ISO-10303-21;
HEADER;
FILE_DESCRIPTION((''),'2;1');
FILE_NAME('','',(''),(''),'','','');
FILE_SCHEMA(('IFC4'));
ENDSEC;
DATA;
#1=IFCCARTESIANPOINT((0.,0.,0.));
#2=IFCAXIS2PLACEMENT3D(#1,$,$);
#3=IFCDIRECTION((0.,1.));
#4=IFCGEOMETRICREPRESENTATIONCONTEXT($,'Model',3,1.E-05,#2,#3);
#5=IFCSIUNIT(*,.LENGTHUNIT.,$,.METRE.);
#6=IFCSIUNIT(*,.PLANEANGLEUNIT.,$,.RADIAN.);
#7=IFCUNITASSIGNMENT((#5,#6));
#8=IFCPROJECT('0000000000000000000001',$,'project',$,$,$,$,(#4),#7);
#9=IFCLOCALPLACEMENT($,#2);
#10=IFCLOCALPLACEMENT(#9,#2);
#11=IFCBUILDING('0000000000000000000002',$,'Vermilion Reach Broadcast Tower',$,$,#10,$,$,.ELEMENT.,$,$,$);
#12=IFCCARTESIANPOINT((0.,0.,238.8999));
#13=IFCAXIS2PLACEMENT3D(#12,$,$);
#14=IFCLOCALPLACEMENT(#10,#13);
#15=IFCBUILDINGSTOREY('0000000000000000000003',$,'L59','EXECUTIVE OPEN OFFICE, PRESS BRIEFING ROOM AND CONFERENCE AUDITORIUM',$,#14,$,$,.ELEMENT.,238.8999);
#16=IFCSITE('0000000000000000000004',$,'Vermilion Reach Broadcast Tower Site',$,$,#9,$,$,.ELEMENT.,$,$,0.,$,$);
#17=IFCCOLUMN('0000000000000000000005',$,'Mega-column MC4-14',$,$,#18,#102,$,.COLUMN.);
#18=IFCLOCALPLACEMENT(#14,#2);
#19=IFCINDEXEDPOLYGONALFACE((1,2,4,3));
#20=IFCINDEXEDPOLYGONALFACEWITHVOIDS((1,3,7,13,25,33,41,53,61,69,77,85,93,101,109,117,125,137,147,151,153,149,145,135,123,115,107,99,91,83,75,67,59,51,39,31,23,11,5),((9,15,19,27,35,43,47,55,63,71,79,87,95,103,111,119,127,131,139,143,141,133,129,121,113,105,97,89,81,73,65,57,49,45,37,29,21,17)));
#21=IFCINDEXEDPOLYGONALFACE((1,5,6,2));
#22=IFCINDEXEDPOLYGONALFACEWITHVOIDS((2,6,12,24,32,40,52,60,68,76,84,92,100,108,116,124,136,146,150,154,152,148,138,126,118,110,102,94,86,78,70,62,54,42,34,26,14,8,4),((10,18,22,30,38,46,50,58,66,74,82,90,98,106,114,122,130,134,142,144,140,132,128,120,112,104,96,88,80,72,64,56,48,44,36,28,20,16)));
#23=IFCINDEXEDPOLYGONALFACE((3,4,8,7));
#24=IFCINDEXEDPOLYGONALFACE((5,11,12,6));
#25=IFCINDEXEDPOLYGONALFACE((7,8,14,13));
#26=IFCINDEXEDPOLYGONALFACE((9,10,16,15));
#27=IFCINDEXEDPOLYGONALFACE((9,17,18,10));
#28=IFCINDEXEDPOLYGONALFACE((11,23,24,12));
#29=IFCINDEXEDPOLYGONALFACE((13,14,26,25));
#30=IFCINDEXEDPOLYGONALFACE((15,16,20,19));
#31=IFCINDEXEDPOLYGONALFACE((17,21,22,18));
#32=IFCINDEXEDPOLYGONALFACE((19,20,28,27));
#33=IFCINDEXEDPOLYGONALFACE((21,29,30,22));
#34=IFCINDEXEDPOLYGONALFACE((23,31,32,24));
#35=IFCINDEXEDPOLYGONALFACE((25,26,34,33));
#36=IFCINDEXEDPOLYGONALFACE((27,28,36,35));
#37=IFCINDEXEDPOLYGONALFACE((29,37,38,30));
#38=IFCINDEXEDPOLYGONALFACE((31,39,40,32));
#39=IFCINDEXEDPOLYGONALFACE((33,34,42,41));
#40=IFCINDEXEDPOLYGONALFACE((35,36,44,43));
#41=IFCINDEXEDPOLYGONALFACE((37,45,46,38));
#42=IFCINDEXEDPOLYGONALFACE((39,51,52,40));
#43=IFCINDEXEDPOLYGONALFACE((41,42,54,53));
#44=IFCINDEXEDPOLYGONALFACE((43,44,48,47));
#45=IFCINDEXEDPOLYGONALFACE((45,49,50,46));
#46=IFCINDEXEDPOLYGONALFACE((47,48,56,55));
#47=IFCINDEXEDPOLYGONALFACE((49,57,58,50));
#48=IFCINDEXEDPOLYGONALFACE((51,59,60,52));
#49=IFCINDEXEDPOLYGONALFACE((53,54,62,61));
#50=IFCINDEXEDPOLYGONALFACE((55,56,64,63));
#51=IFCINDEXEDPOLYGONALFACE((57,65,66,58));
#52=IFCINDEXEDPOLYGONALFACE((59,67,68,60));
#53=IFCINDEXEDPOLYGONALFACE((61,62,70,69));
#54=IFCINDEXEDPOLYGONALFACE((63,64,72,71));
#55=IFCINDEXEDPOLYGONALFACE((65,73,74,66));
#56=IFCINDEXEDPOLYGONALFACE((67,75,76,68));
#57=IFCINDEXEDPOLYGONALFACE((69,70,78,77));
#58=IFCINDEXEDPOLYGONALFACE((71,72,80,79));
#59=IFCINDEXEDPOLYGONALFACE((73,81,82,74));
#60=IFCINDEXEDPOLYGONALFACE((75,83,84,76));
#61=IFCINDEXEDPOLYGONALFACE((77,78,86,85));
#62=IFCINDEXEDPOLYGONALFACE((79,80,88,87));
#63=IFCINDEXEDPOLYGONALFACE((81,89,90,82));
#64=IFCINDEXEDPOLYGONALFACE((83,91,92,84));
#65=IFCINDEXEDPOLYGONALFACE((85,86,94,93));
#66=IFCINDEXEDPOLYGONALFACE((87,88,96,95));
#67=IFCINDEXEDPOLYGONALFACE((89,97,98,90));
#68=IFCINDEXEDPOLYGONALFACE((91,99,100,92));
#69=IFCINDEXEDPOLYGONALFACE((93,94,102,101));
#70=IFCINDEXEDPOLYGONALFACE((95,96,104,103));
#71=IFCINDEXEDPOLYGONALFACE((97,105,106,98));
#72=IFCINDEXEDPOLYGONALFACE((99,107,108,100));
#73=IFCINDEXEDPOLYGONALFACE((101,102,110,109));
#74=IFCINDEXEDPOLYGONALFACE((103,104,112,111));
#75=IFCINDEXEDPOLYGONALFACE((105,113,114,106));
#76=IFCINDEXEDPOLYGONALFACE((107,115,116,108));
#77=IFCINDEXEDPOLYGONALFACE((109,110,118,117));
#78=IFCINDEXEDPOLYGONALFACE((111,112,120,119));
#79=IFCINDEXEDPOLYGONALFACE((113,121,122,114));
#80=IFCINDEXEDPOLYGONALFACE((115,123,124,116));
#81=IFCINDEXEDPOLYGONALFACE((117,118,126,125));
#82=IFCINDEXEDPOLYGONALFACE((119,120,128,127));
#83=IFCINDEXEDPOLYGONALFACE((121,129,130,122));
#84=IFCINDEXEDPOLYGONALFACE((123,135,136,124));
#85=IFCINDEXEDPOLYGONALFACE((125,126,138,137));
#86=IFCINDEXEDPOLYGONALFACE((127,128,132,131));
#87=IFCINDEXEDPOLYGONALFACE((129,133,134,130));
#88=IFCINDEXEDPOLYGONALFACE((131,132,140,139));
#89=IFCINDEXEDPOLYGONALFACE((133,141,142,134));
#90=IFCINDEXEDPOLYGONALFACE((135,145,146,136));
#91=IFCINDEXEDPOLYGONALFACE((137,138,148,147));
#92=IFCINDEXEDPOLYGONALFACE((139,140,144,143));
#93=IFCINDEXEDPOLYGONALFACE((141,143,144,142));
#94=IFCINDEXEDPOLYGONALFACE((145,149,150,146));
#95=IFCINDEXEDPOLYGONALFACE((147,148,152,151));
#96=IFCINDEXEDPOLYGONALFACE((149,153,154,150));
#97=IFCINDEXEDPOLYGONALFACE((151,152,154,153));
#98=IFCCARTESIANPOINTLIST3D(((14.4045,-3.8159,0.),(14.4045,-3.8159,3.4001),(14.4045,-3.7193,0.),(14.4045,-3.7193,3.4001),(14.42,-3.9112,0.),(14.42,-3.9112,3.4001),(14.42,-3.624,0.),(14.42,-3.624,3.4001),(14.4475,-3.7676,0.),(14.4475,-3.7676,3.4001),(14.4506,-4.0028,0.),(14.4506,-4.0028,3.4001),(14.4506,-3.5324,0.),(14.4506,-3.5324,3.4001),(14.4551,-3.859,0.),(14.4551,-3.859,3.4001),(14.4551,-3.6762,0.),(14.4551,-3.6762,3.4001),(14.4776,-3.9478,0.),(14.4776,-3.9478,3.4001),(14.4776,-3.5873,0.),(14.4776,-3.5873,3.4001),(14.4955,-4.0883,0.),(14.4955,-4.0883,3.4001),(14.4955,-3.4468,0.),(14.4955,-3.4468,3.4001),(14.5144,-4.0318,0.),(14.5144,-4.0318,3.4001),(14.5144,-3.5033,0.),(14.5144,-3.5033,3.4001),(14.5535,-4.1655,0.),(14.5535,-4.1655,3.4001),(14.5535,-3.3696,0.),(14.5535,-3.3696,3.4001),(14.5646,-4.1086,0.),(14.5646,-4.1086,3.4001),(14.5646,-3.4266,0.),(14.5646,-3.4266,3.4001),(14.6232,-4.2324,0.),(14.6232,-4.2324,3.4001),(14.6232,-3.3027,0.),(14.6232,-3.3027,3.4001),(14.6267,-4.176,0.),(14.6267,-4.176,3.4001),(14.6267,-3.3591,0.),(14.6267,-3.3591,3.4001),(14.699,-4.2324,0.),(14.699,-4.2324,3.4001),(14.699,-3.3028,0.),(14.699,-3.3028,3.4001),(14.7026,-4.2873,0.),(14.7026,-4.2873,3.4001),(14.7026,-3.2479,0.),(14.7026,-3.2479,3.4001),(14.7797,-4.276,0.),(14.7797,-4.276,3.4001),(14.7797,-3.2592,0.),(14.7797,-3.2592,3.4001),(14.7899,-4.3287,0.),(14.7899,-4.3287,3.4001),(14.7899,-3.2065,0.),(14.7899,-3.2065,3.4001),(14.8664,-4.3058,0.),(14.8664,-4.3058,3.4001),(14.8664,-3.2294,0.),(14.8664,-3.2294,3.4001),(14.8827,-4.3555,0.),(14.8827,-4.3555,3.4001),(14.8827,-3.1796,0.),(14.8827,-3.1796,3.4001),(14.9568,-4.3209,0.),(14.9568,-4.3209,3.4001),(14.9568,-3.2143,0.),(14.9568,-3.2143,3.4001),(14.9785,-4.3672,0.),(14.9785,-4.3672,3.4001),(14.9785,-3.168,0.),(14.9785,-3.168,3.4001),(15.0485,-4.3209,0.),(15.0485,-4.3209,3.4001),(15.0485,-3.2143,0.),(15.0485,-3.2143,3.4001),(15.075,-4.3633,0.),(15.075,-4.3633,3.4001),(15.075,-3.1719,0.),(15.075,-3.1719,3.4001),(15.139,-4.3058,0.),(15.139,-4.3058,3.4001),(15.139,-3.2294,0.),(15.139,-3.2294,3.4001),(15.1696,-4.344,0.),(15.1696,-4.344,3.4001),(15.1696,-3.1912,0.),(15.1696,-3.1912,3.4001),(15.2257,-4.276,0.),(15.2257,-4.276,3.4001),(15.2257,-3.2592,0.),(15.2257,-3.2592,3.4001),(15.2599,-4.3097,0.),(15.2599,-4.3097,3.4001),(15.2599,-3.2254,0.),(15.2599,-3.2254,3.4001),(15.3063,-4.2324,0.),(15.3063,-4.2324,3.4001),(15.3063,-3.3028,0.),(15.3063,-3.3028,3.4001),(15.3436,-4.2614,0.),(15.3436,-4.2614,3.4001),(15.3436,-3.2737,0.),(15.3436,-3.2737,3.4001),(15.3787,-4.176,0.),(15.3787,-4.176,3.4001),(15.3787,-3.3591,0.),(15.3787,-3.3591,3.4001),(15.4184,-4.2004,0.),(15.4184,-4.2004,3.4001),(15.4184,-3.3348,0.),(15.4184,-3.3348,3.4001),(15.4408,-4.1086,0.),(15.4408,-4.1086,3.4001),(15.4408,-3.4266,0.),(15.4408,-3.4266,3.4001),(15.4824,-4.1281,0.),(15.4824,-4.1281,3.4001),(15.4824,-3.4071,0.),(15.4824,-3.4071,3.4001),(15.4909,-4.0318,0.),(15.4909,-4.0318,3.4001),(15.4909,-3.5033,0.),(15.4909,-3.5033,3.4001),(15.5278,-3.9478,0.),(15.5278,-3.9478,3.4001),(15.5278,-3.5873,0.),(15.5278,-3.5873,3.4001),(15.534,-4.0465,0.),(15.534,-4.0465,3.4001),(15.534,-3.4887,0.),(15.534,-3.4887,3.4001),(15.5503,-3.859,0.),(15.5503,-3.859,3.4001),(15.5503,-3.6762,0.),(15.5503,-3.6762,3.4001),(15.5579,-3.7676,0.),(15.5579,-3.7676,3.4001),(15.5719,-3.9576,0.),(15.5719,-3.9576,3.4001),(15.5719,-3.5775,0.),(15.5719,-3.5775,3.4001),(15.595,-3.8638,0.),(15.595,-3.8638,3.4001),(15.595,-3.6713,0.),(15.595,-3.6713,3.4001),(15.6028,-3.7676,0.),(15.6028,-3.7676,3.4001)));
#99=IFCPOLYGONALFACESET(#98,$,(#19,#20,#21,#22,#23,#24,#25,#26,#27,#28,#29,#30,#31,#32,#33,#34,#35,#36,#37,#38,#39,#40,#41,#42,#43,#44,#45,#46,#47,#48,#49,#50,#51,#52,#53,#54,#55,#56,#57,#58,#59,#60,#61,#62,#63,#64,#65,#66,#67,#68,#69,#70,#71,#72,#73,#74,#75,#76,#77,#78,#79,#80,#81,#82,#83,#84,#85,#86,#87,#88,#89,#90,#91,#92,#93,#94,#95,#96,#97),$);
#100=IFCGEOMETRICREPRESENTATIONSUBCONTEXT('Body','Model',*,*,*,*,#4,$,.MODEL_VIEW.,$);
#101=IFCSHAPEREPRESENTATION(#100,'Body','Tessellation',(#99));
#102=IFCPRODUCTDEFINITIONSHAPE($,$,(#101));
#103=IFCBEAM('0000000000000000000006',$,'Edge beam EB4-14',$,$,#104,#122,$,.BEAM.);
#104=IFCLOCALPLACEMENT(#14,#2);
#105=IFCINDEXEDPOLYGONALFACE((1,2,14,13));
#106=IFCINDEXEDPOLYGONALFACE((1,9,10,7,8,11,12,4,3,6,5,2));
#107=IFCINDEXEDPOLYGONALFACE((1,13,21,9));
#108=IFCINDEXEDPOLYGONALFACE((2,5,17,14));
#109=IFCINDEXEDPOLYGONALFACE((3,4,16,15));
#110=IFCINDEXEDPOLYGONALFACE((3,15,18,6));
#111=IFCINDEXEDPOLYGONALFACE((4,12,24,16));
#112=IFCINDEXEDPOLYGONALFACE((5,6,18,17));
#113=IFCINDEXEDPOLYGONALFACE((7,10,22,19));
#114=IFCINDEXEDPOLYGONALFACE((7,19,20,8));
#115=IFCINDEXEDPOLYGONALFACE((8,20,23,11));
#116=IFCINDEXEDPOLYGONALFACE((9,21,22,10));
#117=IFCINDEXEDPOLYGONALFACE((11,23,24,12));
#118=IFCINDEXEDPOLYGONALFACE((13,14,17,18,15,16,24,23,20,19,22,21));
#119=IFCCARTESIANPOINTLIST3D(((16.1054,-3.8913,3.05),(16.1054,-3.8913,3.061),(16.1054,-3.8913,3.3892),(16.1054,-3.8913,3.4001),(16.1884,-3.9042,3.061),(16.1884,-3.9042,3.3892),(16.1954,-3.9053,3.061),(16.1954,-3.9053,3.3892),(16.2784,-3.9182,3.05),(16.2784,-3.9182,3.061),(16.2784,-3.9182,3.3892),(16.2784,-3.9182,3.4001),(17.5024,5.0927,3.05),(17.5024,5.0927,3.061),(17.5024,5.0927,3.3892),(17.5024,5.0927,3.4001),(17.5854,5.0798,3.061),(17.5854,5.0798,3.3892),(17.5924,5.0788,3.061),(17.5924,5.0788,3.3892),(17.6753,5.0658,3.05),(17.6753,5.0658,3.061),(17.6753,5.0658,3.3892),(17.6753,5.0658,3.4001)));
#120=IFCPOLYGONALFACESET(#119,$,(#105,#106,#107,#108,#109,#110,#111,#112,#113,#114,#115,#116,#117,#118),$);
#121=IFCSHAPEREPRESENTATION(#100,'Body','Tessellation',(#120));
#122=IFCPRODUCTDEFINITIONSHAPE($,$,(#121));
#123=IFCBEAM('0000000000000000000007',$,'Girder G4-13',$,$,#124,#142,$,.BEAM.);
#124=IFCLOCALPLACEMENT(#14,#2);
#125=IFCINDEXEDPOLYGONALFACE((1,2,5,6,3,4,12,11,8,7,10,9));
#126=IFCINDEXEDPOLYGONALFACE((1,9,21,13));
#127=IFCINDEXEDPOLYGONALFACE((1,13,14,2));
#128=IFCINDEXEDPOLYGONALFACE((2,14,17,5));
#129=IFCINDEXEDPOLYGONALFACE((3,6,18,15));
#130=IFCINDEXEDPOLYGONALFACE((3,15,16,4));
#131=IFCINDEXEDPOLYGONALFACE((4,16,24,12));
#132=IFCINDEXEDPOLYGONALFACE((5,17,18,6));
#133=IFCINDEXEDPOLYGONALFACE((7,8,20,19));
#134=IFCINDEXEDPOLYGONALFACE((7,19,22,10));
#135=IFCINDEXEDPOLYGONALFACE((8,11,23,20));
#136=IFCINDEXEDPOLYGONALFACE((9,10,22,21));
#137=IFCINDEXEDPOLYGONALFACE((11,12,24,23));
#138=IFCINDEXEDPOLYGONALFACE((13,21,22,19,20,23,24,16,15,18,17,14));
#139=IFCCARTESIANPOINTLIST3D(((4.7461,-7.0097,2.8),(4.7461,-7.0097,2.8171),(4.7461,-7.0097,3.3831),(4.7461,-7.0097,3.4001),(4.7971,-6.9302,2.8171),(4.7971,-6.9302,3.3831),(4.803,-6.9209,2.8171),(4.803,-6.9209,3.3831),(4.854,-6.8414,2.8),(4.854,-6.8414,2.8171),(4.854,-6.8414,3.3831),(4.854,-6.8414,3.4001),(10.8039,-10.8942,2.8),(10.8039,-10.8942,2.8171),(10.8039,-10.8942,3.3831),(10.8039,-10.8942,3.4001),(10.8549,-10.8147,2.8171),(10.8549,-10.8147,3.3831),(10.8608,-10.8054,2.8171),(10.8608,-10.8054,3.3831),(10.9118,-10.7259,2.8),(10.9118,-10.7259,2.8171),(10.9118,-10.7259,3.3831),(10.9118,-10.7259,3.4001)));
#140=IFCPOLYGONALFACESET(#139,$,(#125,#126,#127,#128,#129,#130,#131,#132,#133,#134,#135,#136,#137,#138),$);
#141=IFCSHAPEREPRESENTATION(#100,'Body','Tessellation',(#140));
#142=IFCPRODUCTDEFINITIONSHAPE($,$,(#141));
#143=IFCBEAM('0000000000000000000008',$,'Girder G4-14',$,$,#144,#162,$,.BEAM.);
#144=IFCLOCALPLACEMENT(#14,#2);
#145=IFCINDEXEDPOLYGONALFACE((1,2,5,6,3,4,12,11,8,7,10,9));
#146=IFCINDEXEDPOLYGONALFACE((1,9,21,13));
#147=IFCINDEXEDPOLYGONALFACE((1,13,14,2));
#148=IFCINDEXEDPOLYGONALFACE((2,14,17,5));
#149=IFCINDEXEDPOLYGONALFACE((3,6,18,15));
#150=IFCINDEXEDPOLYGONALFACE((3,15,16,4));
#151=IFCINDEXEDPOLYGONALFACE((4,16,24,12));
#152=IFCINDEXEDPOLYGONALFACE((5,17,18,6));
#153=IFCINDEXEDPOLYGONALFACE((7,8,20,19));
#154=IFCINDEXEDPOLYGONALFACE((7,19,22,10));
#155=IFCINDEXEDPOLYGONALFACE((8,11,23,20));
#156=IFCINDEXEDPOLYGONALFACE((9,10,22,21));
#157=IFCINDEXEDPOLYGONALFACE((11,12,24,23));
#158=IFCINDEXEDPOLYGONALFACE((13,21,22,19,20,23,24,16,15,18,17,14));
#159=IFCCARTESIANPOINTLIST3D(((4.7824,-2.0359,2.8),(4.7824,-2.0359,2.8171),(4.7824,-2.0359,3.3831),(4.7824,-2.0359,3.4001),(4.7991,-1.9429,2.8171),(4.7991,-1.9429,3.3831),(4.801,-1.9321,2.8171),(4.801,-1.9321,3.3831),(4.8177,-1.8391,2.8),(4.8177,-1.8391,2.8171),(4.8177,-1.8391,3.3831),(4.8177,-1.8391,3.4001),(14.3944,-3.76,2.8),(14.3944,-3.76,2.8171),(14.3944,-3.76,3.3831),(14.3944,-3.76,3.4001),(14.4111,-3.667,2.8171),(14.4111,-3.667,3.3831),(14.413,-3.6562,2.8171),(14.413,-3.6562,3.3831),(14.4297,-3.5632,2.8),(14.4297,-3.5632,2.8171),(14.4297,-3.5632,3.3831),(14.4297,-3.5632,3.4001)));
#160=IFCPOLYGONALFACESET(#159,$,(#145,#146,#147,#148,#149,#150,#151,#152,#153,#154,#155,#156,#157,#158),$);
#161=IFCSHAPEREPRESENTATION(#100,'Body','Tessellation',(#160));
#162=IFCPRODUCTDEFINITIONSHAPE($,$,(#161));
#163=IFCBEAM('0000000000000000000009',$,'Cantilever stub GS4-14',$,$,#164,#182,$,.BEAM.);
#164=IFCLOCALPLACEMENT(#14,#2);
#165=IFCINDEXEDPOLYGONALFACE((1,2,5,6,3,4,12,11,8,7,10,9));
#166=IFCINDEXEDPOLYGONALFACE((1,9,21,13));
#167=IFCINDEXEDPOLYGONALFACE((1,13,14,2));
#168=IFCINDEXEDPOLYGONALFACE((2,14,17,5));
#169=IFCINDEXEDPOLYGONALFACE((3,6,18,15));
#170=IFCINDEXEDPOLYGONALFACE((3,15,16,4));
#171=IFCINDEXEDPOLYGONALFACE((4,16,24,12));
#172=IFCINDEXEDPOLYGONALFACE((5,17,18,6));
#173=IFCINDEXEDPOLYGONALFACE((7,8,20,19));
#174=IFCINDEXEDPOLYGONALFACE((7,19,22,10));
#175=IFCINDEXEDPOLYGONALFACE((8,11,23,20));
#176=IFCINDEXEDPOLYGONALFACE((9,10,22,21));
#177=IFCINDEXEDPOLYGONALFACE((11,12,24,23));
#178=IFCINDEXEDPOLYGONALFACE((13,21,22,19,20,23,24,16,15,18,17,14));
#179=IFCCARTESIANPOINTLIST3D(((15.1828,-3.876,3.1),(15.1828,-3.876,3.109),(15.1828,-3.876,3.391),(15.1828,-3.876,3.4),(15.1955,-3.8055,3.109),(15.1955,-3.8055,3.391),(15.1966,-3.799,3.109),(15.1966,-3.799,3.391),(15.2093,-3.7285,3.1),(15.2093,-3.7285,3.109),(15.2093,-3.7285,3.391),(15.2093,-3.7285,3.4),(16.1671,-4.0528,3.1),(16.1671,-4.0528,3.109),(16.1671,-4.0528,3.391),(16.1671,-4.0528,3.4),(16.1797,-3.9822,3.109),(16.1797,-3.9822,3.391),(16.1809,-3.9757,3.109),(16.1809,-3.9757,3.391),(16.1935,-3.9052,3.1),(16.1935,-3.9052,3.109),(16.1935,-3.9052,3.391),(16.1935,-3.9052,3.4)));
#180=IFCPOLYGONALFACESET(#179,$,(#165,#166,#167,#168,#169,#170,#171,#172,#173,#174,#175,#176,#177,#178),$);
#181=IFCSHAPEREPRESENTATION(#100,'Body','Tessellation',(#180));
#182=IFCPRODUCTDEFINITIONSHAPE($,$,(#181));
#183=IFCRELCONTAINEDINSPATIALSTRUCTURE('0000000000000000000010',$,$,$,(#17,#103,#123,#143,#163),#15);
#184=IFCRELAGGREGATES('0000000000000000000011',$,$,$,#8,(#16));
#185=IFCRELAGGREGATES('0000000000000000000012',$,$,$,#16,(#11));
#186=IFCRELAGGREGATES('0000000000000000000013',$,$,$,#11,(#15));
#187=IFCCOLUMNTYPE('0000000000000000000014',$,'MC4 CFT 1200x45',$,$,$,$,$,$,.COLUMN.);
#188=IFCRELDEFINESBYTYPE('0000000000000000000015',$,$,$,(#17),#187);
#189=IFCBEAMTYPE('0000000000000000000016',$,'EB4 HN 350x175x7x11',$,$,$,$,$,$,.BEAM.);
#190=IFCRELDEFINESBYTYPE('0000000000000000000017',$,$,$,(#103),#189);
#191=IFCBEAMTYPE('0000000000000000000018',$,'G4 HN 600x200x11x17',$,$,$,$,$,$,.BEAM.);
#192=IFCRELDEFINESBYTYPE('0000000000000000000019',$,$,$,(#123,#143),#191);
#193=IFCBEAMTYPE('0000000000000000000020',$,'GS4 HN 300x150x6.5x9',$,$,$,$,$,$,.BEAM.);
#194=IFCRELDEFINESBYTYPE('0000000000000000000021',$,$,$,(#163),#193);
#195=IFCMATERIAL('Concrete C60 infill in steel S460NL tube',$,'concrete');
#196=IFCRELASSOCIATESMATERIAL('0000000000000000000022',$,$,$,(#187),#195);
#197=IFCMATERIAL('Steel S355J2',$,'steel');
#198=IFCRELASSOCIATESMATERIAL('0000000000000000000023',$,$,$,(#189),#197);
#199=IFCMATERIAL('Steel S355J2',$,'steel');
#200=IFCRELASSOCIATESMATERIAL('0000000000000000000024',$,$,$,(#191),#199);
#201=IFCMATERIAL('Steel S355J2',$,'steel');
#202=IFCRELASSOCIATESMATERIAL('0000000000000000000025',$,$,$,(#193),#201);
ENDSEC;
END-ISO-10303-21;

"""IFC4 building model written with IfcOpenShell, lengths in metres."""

from ifc_helpers import new_model, si_unit, direction, frame, origin, origin_2d, place, context, subcontext, project, spatial, hollow_circle, i_section, extrude, material, material_profile, profile_set, type_object, element, save


model = new_model("IFC4")

# Units and contexts
model_context = context("Model", 3, precision=1e-05, world=origin(), true_north=direction((0.0, 1.0)))
body_context = subcontext(model_context, "Body", "Model", "MODEL_VIEW")
ifc_project = project(units=[si_unit("LENGTHUNIT", "METRE"), si_unit("PLANEANGLEUNIT", "RADIAN")], contexts=[model_context])

# Site, building, storey
site_placement = place(None, origin())
site = spatial("IfcSite", under=ifc_project, at=site_placement, Name="Vermilion Reach Broadcast Tower Site", CompositionType="ELEMENT", RefElevation=0.0)
building_placement = place(site_placement, origin())
building = spatial("IfcBuilding", under=site, at=building_placement, Name="Vermilion Reach Broadcast Tower", CompositionType="ELEMENT")
storey_placement = place(building_placement, frame((0.0, 0.0, 238.8999)))
storey = spatial("IfcBuildingStorey", under=building, at=storey_placement, Name="L59", Description="EXECUTIVE OPEN OFFICE, PRESS BRIEFING ROOM AND CONFERENCE AUDITORIUM", CompositionType="ELEMENT", Elevation=238.8999)

# Column
ifc_material_1 = material(Name="Concrete C60 infill in steel S460NL tube", Category="concrete")
ifc_material_profile_1 = material_profile(ifc_material_1, hollow_circle(Radius=0.6001, WallThickness=0.0449, at=origin_2d()), Name="Concrete C60 infill in steel S460NL tube CFT 1200x45")
ifc_profile_set_1 = profile_set([ifc_material_profile_1], Name="Concrete C60 infill in steel S460NL tube")
column_type = type_object("IfcColumnType", Name="MC4 CFT 1200x45", PredefinedType="COLUMN", material=ifc_profile_set_1)
column_placement = place(storey_placement, frame((15.0027, -3.7676, 0.0), z_axis=(0.0, 0.0, 1.0), x_axis=(1.0, 0.0, 0.0)))
element("IfcColumn", 1, at=column_placement, inside=storey, type_object=column_type, Name="Mega-column MC4-14", PredefinedType="COLUMN", context=body_context, shape_type="SweptSolid", body=[
    extrude(hollow_circle(Radius=0.6001, WallThickness=0.0449, at=origin_2d()), origin(), (0.0, 0.0, 1.0), 3.4001),
])

# Beams
ifc_material_2 = material(Name="Steel S355J2", Category="steel")
ifc_material_profile_2 = material_profile(ifc_material_2, i_section(OverallWidth=0.175, OverallDepth=0.3501, WebThickness=0.0071, FlangeThickness=0.011, at=origin_2d()), Name="S355J2 HN 350x175x7x11")
ifc_profile_set_2 = profile_set([ifc_material_profile_2], Name="Steel S355J2")
beam_type_1 = type_object("IfcBeamType", Name="EB4 HN 350x175x7x11", PredefinedType="BEAM", material=ifc_profile_set_2)
beam_1_placement = place(storey_placement, frame((16.1919, -3.9048, 3.2251), z_axis=(0.153647, 0.988126, 0.0), x_axis=(-0.988126, 0.153647, 0.0)))
element("IfcBeam", 2, at=beam_1_placement, inside=storey, type_object=beam_type_1, Name="Edge beam EB4-14", PredefinedType="BEAM", context=body_context, shape_type="SweptSolid", body=[
    extrude(i_section(OverallWidth=0.175, OverallDepth=0.3501, WebThickness=0.0071, FlangeThickness=0.011, at=origin_2d()), origin(), (0.0, 0.0, 1.0), 9.092),
])
ifc_material_3 = material(Name="Steel S355J2", Category="steel")
ifc_material_profile_3 = material_profile(ifc_material_3, i_section(OverallWidth=0.2, OverallDepth=0.6001, WebThickness=0.011, FlangeThickness=0.0171, at=origin_2d()), Name="S355J2 HN 600x200x11x17")
ifc_profile_set_3 = profile_set([ifc_material_profile_3], Name="Steel S355J2")
beam_type_2 = type_object("IfcBeamType", Name="G4 HN 600x200x11x17", PredefinedType="BEAM", material=ifc_profile_set_3)
beam_2_placement = place(storey_placement, frame((4.8, -6.9255, 3.1001), z_axis=(0.841799, -0.539792, 0.0), x_axis=(0.539792, 0.841799, 0.0)))
element("IfcBeam", 3, at=beam_2_placement, inside=storey, type_object=beam_type_2, Name="Girder G4-13", PredefinedType="BEAM", context=body_context, shape_type="SweptSolid", body=[
    extrude(i_section(OverallWidth=0.2, OverallDepth=0.6001, WebThickness=0.011, FlangeThickness=0.0171, at=origin_2d()), origin(), (0.0, 0.0, 1.0), 7.1963),
])
beam_3_placement = place(storey_placement, frame((4.8, -1.9375, 3.1001), z_axis=(0.984291, -0.176553, 0.0), x_axis=(0.176553, 0.984291, 0.0)))
element("IfcBeam", 4, at=beam_3_placement, inside=storey, type_object=beam_type_2, Name="Girder G4-14", PredefinedType="BEAM", context=body_context, shape_type="SweptSolid", body=[
    extrude(i_section(OverallWidth=0.2, OverallDepth=0.6001, WebThickness=0.011, FlangeThickness=0.0171, at=origin_2d()), origin(), (0.0, 0.0, 1.0), 9.7654),
])
ifc_material_4 = material(Name="Steel S355J2", Category="steel")
ifc_material_profile_4 = material_profile(ifc_material_4, i_section(OverallWidth=0.1499, OverallDepth=0.3, WebThickness=0.0066, FlangeThickness=0.009, at=origin_2d()), Name="S355J2 HN 300x150x6.5x9")
ifc_profile_set_4 = profile_set([ifc_material_profile_4], Name="Steel S355J2")
beam_type_3 = type_object("IfcBeamType", Name="GS4 HN 300x150x6.5x9", PredefinedType="BEAM", material=ifc_profile_set_4)
beam_4_placement = place(storey_placement, frame((15.196, -3.8022, 3.25), z_axis=(0.984258, -0.176737, 0.0), x_axis=(0.176737, 0.984258, 0.0)))
element("IfcBeam", 5, at=beam_4_placement, inside=storey, type_object=beam_type_3, Name="Cantilever stub GS4-14", PredefinedType="BEAM", context=body_context, shape_type="SweptSolid", body=[
    extrude(i_section(OverallWidth=0.1499, OverallDepth=0.3, WebThickness=0.0066, FlangeThickness=0.009, at=origin_2d()), origin(), (0.0, 0.0, 1.0), 1.0),
])

save(model, "model.ifc")
